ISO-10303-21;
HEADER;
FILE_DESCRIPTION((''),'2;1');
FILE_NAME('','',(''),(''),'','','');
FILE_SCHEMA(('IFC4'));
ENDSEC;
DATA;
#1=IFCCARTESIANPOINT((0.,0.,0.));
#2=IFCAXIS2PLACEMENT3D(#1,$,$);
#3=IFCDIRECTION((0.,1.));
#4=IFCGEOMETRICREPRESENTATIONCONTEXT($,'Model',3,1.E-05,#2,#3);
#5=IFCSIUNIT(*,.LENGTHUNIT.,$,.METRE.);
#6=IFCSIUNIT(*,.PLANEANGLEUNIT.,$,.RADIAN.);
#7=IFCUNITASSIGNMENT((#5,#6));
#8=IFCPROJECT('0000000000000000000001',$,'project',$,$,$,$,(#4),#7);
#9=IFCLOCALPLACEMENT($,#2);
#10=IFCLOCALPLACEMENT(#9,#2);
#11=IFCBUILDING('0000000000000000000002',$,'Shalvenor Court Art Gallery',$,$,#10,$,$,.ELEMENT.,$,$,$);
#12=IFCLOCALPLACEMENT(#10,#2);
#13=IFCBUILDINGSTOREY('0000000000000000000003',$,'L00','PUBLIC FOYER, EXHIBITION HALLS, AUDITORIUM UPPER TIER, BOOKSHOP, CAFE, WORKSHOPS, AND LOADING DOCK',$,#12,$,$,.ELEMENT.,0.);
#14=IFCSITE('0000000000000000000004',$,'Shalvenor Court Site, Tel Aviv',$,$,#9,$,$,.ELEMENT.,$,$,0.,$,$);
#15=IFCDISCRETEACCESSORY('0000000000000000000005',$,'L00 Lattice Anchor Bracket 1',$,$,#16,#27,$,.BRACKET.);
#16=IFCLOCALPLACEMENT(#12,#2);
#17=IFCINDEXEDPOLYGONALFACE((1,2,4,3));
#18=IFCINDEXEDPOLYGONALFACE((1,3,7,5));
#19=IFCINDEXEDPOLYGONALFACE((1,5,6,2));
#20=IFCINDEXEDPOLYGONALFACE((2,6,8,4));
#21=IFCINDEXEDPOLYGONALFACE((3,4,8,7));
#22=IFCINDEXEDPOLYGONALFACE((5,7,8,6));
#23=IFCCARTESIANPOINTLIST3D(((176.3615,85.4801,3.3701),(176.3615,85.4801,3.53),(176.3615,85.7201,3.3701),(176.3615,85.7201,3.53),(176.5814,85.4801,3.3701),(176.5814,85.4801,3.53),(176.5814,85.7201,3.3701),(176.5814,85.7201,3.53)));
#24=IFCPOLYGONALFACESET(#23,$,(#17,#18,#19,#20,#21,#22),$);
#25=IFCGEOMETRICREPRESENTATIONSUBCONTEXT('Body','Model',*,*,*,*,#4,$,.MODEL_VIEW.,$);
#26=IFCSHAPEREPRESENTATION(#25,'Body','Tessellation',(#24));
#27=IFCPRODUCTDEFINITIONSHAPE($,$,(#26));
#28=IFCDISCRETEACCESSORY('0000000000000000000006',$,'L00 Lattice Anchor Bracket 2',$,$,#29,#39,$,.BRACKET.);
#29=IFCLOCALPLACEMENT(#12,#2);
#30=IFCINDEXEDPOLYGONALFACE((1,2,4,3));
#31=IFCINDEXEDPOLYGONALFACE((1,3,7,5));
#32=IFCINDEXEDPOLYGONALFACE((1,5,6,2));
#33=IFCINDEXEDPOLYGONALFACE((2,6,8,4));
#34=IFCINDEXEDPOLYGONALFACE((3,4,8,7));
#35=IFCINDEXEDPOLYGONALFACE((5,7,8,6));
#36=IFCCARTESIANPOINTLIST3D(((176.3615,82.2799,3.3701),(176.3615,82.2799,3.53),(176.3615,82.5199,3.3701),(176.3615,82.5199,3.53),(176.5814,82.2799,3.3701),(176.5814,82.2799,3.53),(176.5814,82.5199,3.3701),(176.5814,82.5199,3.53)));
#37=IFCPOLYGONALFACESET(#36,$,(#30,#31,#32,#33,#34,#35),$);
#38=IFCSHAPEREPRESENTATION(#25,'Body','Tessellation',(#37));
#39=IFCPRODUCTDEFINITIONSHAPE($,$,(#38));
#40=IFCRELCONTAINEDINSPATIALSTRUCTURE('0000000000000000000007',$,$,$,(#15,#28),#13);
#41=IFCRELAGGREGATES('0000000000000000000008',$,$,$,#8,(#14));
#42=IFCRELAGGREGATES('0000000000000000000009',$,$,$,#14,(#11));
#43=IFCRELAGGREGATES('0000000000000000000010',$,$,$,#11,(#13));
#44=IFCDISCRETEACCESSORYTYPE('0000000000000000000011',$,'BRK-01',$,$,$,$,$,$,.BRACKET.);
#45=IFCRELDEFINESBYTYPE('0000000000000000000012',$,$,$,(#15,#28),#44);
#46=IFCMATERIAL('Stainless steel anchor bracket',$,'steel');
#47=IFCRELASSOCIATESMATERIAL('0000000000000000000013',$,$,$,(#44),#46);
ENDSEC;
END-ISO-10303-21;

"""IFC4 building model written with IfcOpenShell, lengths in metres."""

from ifc_helpers import new_model, si_unit, direction, frame, origin, origin_2d, place, context, subcontext, project, spatial, rectangle, extrude, material, type_object, element, save


model = new_model("IFC4")

# Units and contexts
model_context = context("Model", 3, precision=1e-05, world=origin(), true_north=direction((0.0, 1.0)))
body_context = subcontext(model_context, "Body", "Model", "MODEL_VIEW")
ifc_project = project(units=[si_unit("LENGTHUNIT", "METRE"), si_unit("PLANEANGLEUNIT", "RADIAN")], contexts=[model_context])

# Site, building, storey
site_placement = place(None, origin())
site = spatial("IfcSite", under=ifc_project, at=site_placement, Name="Shalvenor Court Site, Tel Aviv", CompositionType="ELEMENT", RefElevation=0.0)
building_placement = place(site_placement, origin())
building = spatial("IfcBuilding", under=site, at=building_placement, Name="Shalvenor Court Art Gallery", CompositionType="ELEMENT")
storey_placement = place(building_placement, origin())
storey = spatial("IfcBuildingStorey", under=building, at=storey_placement, Name="L00", Description="PUBLIC FOYER, EXHIBITION HALLS, AUDITORIUM UPPER TIER, BOOKSHOP, CAFE, WORKSHOPS, AND LOADING DOCK", CompositionType="ELEMENT", Elevation=0.0)

# Discrete accessories
ifc_material_1 = material(Name="Stainless steel anchor bracket", Category="steel")
discrete_accessory_type = type_object("IfcDiscreteAccessoryType", Name="BRK-01", PredefinedType="BRACKET", material=ifc_material_1)
for number, where, z_axis, x_axis, name in (
    (1, (176.4714, 85.6001, 3.3701), (0.0, 0.0, 1.0), (0.0, -1.0, 0.0), "L00 Lattice Anchor Bracket 1"),
    (2, (176.4714, 82.3999, 3.3701), (0.0, 0.0, 1.0), (0.0, -1.0, 0.0), "L00 Lattice Anchor Bracket 2"),
):
    element("IfcDiscreteAccessory", number, at=place(storey_placement, frame(where, z_axis=z_axis, x_axis=x_axis)), inside=storey, type_object=discrete_accessory_type, Name=name, PredefinedType="BRACKET", context=body_context, shape_type="SweptSolid", body=[
        extrude(rectangle(XDim=0.24, YDim=0.22, at=origin_2d()), origin(), (0.0, 0.0, 1.0), 0.1599),
    ])

save(model, "model.ifc")
